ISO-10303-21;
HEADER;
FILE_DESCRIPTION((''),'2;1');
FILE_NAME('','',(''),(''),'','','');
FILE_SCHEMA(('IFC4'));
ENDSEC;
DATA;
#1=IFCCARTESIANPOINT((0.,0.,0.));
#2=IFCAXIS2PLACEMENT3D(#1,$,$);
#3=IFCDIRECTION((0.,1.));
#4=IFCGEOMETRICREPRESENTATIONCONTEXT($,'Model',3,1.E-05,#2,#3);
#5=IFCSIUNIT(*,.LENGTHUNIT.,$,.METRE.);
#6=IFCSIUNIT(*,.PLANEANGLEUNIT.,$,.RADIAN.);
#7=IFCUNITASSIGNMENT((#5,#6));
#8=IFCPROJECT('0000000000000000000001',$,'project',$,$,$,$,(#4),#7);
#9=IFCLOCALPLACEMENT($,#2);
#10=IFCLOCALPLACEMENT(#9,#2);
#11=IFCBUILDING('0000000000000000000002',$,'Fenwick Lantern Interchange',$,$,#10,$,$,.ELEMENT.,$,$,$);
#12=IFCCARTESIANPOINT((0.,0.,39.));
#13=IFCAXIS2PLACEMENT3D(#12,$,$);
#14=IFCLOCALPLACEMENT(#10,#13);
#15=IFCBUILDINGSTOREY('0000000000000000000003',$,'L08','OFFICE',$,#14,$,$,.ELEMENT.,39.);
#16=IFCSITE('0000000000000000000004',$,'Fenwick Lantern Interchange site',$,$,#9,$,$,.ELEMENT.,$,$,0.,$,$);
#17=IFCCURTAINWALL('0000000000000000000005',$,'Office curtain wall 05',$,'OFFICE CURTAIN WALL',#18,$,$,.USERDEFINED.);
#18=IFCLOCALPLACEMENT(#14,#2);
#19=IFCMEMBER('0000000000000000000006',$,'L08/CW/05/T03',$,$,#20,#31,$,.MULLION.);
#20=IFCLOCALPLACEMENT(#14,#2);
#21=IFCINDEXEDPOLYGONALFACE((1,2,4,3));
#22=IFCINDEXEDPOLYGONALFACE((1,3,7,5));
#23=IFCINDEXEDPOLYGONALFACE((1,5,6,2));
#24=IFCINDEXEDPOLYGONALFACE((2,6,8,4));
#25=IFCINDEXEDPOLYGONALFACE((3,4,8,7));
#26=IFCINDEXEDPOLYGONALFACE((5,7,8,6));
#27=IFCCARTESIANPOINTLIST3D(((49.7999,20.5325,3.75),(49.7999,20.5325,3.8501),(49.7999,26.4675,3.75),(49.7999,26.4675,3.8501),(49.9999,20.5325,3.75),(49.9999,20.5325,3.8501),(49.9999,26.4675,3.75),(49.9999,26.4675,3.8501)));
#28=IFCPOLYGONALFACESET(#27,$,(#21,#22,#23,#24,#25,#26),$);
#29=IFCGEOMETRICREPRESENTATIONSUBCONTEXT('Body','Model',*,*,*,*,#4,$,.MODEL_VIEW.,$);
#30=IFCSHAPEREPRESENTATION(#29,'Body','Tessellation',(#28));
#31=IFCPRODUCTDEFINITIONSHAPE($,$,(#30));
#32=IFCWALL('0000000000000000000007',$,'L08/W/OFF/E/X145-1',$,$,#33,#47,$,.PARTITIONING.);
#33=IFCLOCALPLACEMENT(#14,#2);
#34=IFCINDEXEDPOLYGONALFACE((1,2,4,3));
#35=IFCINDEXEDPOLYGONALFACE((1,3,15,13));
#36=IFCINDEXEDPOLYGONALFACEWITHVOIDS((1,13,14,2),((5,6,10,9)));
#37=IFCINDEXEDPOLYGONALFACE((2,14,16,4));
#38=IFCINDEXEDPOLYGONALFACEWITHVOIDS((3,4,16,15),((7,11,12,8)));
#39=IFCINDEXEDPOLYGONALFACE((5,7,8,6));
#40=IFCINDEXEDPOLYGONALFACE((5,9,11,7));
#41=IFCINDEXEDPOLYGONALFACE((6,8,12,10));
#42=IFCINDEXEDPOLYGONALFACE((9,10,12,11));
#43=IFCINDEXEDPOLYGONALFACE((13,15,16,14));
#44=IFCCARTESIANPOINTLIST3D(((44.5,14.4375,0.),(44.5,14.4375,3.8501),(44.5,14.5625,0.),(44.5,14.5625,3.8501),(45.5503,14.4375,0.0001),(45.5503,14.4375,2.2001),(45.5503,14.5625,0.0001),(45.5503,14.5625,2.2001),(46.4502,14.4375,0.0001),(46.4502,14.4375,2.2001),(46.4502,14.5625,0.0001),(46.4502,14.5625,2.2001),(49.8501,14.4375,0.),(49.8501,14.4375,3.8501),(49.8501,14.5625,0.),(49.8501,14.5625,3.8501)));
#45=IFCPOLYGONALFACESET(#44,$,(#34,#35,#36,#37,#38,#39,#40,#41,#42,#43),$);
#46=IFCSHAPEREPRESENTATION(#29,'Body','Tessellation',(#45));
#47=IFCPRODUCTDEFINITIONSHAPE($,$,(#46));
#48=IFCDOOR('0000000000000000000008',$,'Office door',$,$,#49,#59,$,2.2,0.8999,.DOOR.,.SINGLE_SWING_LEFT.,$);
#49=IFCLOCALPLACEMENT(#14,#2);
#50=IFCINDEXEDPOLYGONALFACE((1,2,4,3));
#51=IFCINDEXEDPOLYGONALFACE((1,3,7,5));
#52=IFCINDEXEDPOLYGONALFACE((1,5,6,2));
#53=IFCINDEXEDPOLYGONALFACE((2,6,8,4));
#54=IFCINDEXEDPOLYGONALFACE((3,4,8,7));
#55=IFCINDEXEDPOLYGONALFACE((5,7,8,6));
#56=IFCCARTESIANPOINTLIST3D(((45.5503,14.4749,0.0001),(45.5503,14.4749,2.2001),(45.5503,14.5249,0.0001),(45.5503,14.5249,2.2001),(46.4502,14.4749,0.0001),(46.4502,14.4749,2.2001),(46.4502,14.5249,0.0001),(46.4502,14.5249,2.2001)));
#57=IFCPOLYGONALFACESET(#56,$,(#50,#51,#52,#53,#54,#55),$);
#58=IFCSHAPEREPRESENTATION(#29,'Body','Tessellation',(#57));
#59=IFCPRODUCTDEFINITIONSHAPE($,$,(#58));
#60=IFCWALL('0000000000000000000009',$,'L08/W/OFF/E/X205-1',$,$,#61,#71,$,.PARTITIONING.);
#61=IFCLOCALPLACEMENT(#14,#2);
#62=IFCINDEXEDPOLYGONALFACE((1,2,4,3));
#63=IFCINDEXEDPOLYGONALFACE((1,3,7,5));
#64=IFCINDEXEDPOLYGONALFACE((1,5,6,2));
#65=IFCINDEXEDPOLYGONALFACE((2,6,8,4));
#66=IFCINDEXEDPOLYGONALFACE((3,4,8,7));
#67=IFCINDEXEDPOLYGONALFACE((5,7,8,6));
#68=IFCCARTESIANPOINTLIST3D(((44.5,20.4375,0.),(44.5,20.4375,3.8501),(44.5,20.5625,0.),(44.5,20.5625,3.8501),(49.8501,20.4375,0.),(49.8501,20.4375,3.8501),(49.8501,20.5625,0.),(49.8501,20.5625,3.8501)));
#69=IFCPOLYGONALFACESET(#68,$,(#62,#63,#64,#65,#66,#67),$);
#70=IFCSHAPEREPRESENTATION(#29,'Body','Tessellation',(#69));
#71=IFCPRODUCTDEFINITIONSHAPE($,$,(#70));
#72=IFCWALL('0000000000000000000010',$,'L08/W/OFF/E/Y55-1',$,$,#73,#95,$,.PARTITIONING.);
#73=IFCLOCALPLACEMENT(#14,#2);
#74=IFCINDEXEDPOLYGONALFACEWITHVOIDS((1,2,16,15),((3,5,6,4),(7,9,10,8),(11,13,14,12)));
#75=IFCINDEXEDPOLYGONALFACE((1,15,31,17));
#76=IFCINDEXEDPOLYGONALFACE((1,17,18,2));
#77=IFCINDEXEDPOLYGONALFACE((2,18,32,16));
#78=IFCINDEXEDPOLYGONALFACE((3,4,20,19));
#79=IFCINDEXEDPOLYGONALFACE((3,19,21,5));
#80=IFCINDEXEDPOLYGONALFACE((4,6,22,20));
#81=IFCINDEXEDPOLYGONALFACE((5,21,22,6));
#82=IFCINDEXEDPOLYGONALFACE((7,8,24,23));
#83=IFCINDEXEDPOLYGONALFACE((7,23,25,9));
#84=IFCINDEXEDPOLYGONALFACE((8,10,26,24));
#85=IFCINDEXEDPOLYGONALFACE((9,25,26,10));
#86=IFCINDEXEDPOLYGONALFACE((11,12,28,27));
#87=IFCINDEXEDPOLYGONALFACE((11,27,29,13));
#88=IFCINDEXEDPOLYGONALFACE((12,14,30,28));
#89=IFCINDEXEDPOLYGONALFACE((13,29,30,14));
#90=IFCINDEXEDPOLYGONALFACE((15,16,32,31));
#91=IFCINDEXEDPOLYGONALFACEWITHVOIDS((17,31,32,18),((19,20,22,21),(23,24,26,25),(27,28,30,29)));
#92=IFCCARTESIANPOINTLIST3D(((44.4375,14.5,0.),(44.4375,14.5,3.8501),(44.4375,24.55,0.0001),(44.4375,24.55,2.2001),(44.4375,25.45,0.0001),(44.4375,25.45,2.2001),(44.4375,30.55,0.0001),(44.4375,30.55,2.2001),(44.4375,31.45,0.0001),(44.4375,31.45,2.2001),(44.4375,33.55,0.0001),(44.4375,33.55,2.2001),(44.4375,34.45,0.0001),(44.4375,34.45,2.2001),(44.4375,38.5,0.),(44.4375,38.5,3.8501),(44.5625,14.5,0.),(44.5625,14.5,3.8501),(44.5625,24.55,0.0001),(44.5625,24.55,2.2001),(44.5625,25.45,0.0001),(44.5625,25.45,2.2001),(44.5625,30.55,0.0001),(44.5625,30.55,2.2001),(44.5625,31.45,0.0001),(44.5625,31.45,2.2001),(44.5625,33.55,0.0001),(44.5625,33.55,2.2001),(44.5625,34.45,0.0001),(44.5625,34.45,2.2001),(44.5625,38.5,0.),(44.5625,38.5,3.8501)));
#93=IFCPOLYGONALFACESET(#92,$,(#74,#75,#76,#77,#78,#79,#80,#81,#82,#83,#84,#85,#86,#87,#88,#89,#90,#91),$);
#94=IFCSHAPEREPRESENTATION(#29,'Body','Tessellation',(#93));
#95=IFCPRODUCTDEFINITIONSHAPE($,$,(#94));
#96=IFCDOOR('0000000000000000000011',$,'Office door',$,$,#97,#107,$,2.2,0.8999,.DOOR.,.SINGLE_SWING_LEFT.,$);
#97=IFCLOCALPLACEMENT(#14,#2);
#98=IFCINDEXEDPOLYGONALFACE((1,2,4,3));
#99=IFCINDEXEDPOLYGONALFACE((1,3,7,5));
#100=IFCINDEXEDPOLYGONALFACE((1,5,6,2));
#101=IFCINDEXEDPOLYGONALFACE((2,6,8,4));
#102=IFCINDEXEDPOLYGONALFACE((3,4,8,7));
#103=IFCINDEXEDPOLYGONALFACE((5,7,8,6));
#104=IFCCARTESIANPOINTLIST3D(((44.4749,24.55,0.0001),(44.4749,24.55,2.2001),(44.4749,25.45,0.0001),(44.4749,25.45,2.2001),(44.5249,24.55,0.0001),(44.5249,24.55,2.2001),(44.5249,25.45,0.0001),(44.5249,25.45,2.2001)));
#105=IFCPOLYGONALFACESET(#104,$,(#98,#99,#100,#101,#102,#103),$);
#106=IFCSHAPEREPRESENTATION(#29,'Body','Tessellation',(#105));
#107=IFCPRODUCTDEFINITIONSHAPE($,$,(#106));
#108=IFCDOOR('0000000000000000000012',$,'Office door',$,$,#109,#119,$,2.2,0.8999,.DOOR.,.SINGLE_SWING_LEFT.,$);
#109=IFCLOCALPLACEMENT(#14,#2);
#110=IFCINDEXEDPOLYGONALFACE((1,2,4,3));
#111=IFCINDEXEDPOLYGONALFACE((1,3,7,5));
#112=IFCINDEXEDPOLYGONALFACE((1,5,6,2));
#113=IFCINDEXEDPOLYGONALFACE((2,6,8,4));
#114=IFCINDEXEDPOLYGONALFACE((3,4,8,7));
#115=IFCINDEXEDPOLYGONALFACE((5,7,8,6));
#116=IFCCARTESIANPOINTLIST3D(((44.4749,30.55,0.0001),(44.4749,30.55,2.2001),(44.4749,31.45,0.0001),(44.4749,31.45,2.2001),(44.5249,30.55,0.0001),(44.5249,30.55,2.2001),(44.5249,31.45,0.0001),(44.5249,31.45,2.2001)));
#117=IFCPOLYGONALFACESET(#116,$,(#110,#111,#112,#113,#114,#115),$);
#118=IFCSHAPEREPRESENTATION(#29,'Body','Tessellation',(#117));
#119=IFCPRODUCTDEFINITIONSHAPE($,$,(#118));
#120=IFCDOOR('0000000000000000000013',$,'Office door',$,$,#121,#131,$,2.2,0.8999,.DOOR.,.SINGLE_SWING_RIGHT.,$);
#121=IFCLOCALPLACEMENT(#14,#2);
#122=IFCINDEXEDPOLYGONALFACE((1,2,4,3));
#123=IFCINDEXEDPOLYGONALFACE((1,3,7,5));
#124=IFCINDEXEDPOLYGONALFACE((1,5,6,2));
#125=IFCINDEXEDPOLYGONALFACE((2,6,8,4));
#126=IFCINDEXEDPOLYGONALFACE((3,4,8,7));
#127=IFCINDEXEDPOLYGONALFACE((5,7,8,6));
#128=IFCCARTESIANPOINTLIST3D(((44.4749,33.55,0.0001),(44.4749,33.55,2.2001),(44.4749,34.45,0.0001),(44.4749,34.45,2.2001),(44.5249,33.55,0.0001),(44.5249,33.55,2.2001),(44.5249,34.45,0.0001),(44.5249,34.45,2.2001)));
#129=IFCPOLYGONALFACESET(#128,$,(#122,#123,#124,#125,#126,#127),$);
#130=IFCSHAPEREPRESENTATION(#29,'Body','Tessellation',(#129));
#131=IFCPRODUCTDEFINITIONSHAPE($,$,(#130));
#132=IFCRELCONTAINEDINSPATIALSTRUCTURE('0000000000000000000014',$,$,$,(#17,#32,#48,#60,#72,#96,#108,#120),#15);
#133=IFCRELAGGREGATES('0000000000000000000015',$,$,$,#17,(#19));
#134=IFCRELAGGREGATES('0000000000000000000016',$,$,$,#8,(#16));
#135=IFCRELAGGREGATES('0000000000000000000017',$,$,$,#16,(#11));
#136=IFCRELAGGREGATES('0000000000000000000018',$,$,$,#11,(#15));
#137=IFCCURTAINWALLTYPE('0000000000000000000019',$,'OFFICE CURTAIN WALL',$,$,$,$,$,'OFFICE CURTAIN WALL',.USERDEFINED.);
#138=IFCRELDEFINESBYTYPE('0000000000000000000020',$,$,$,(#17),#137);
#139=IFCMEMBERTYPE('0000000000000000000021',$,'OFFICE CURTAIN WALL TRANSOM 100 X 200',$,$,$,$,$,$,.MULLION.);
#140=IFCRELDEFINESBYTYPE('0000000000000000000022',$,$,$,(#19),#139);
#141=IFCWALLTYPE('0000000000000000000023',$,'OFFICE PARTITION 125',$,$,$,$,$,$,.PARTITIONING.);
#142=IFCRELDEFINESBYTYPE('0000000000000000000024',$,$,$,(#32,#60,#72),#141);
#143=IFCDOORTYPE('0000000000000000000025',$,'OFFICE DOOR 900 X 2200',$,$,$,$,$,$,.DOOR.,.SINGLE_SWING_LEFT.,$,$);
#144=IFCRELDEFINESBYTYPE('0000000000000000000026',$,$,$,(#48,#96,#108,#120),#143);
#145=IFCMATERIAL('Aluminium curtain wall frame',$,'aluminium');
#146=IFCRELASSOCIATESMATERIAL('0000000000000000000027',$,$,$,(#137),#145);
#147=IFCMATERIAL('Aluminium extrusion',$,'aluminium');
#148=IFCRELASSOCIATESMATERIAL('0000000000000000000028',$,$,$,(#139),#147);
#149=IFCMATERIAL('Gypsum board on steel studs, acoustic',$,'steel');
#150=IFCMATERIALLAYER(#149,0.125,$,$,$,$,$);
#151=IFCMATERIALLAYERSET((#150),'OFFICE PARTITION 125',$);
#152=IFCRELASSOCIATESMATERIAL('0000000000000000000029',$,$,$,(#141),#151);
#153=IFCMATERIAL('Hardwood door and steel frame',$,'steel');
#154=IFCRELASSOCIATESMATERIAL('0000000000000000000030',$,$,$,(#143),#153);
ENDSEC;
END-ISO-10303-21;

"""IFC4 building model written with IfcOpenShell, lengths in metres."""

from ifc_helpers import new_model, si_unit, direction, frame, frame_2d, origin, origin_2d, place, context, subcontext, project, spatial, rectangle, extrude, material, layer, layer_set, material_profile, profile_set, type_object, element, fill, aggregate, save


model = new_model("IFC4")

# Units and contexts
model_context = context("Model", 3, precision=1e-05, world=origin(), true_north=direction((0.0, 1.0)))
body_context = subcontext(model_context, "Body", "Model", "MODEL_VIEW")
ifc_project = project(units=[si_unit("LENGTHUNIT", "METRE"), si_unit("PLANEANGLEUNIT", "RADIAN")], contexts=[model_context])

# Site, building, storey
site_placement = place(None, origin())
site = spatial("IfcSite", under=ifc_project, at=site_placement, Name="Fenwick Lantern Interchange site", CompositionType="ELEMENT", RefElevation=0.0)
building_placement = place(site_placement, origin())
building = spatial("IfcBuilding", under=site, at=building_placement, Name="Fenwick Lantern Interchange", CompositionType="ELEMENT")
storey_placement = place(building_placement, frame((0.0, 0.0, 39.0)))
storey = spatial("IfcBuildingStorey", under=building, at=storey_placement, Name="L08", Description="OFFICE", CompositionType="ELEMENT", Elevation=39.0)

# Curtain wall, member
ifc_material_1 = material(Name="Aluminium curtain wall frame", Category="aluminium")
curtain_wall_type = type_object("IfcCurtainWallType", Name="OFFICE CURTAIN WALL", ElementType="OFFICE CURTAIN WALL", PredefinedType="USERDEFINED", material=ifc_material_1)
curtain_wall_placement = place(storey_placement, origin())
curtain_wall = element("IfcCurtainWall", 1, at=curtain_wall_placement, inside=storey, type_object=curtain_wall_type, Name="Office curtain wall 05", ObjectType="OFFICE CURTAIN WALL", PredefinedType="USERDEFINED")
ifc_material_2 = material(Name="Aluminium extrusion", Category="aluminium")
ifc_material_profile_1 = material_profile(ifc_material_2, rectangle(XDim=0.2, YDim=0.1001, at=origin_2d()), Name="OFFICE CURTAIN WALL TRANSOM 100 X 200")
ifc_profile_set_1 = profile_set([ifc_material_profile_1], Name="Aluminium extrusion")
member_type_1 = type_object("IfcMemberType", Name="OFFICE CURTAIN WALL TRANSOM 100 X 200", PredefinedType="MULLION", material=ifc_profile_set_1)
member_1_placement = place(storey_placement, frame((49.8999, 20.5325, 3.8), z_axis=(0.0, 1.0, 0.0), x_axis=(-1.0, 0.0, 0.0)))
member_1 = element("IfcMember", 2, at=member_1_placement, type_object=member_type_1, Name="L08/CW/05/T03", PredefinedType="MULLION", context=body_context, shape_type="SweptSolid", body=[
    extrude(rectangle(XDim=0.2, YDim=0.1001, at=origin_2d()), origin(), (0.0, 0.0, 1.0), 5.9351),
])
aggregate(curtain_wall, [member_1])

# Wall, opening, door
ifc_material_3 = material(Name="Gypsum board on steel studs, acoustic", Category="steel")
ifc_layer_1 = layer(ifc_material_3, 0.125)
ifc_layer_set_1 = layer_set([ifc_layer_1], Name="OFFICE PARTITION 125")
wall_type = type_object("IfcWallType", Name="OFFICE PARTITION 125", PredefinedType="PARTITIONING", material=ifc_layer_set_1)
wall_1_placement = place(storey_placement, frame((49.8501, 14.5, 0.0), z_axis=(0.0, 0.0, 1.0), x_axis=(-1.0, 0.0, 0.0)))
wall_1 = element("IfcWall", 3, at=wall_1_placement, inside=storey, type_object=wall_type, Name="L08/W/OFF/E/X145-1", PredefinedType="PARTITIONING", context=body_context, shape_type="SweptSolid", body=[
    extrude(rectangle(XDim=5.3501, YDim=0.125, at=frame_2d((2.675, 0.0))), origin(), (0.0, 0.0, 1.0), 3.8501),
])
opening_1_placement = place(wall_1_placement, frame((3.3999, 0.0, 0.0)))
opening_1 = element("IfcOpeningElement", 4, at=opening_1_placement, cuts=wall_1, PredefinedType="OPENING", context=body_context, shape_type="SweptSolid", body=[
    extrude(rectangle(XDim=0.8999, YDim=2.2, at=frame_2d((0.45, 1.1001))), frame((0.0, 0.0725, 0.0), z_axis=(0.0, -1.0, 0.0), x_axis=(1.0, 0.0, 0.0)), (0.0, 0.0, 1.0), 0.145),
])
ifc_material_4 = material(Name="Hardwood door and steel frame", Category="steel")
door_type = type_object("IfcDoorType", Name="OFFICE DOOR 900 X 2200", OperationType="SINGLE_SWING_LEFT", PredefinedType="DOOR", material=ifc_material_4)
door_1_placement = place(opening_1_placement, frame((0.8999, 0.0, 0.0), z_axis=(0.0, 0.0, 1.0), x_axis=(-1.0, 0.0, 0.0)))
door_1 = element("IfcDoor", 5, at=door_1_placement, inside=storey, type_object=door_type, Name="Office door", OperationType="SINGLE_SWING_LEFT", OverallHeight=2.2, OverallWidth=0.8999, PredefinedType="DOOR", context=body_context, shape_type="SweptSolid", body=[
    extrude(rectangle(XDim=0.8999, YDim=2.2, at=frame_2d((0.45, 1.1001))), frame((0.0, 0.0249, 0.0), z_axis=(0.0, -1.0, 0.0), x_axis=(1.0, 0.0, 0.0)), (0.0, 0.0, 1.0), 0.05),
])
fill(opening_1, door_1)

# Wall
wall_2_placement = place(storey_placement, frame((49.8501, 20.5, 0.0), z_axis=(0.0, 0.0, 1.0), x_axis=(-1.0, 0.0, 0.0)))
element("IfcWall", 6, at=wall_2_placement, inside=storey, type_object=wall_type, Name="L08/W/OFF/E/X205-1", PredefinedType="PARTITIONING", context=body_context, shape_type="SweptSolid", body=[
    extrude(rectangle(XDim=5.3501, YDim=0.125, at=frame_2d((2.675, 0.0))), origin(), (0.0, 0.0, 1.0), 3.8501),
])

# Wall, openings, doors
wall_3_placement = place(storey_placement, frame((44.5, 14.5, 0.0), z_axis=(0.0, 0.0, 1.0), x_axis=(0.0, 1.0, 0.0)))
wall_3 = element("IfcWall", 7, at=wall_3_placement, inside=storey, type_object=wall_type, Name="L08/W/OFF/E/Y55-1", PredefinedType="PARTITIONING", context=body_context, shape_type="SweptSolid", body=[
    extrude(rectangle(XDim=24.0, YDim=0.125, at=frame_2d((12.0, 0.0))), origin(), (0.0, 0.0, 1.0), 3.8501),
])
opening_2_placement = place(wall_3_placement, frame((10.05, 0.0, 0.0)))
opening_2 = element("IfcOpeningElement", 8, at=opening_2_placement, cuts=wall_3, PredefinedType="OPENING", context=body_context, shape_type="SweptSolid", body=[
    extrude(rectangle(XDim=0.8999, YDim=2.2, at=frame_2d((0.45, 1.1001))), frame((0.0, 0.0725, 0.0), z_axis=(0.0, -1.0, 0.0), x_axis=(1.0, 0.0, 0.0)), (0.0, 0.0, 1.0), 0.145),
])
opening_3_placement = place(wall_3_placement, frame((16.05, 0.0, 0.0)))
opening_3 = element("IfcOpeningElement", 9, at=opening_3_placement, cuts=wall_3, PredefinedType="OPENING", context=body_context, shape_type="SweptSolid", body=[
    extrude(rectangle(XDim=0.8999, YDim=2.2, at=frame_2d((0.45, 1.1001))), frame((0.0, 0.0725, 0.0), z_axis=(0.0, -1.0, 0.0), x_axis=(1.0, 0.0, 0.0)), (0.0, 0.0, 1.0), 0.145),
])
opening_4_placement = place(wall_3_placement, frame((19.05, 0.0, 0.0)))
opening_4 = element("IfcOpeningElement", 10, at=opening_4_placement, cuts=wall_3, PredefinedType="OPENING", context=body_context, shape_type="SweptSolid", body=[
    extrude(rectangle(XDim=0.8999, YDim=2.2, at=frame_2d((0.45, 1.1001))), frame((0.0, 0.0725, 0.0), z_axis=(0.0, -1.0, 0.0), x_axis=(1.0, 0.0, 0.0)), (0.0, 0.0, 1.0), 0.145),
])
door_2_placement = place(opening_2_placement, frame((0.8999, 0.0, 0.0), z_axis=(0.0, 0.0, 1.0), x_axis=(-1.0, 0.0, 0.0)))
door_2 = element("IfcDoor", 11, at=door_2_placement, inside=storey, type_object=door_type, Name="Office door", OperationType="SINGLE_SWING_LEFT", OverallHeight=2.2, OverallWidth=0.8999, PredefinedType="DOOR", context=body_context, shape_type="SweptSolid", body=[
    extrude(rectangle(XDim=0.8999, YDim=2.2, at=frame_2d((0.45, 1.1001))), frame((0.0, 0.0249, 0.0), z_axis=(0.0, -1.0, 0.0), x_axis=(1.0, 0.0, 0.0)), (0.0, 0.0, 1.0), 0.05),
])
fill(opening_2, door_2)
door_3_placement = place(opening_3_placement, frame((0.8999, 0.0, 0.0), z_axis=(0.0, 0.0, 1.0), x_axis=(-1.0, 0.0, 0.0)))
door_3 = element("IfcDoor", 12, at=door_3_placement, inside=storey, type_object=door_type, Name="Office door", OperationType="SINGLE_SWING_LEFT", OverallHeight=2.2, OverallWidth=0.8999, PredefinedType="DOOR", context=body_context, shape_type="SweptSolid", body=[
    extrude(rectangle(XDim=0.8999, YDim=2.2, at=frame_2d((0.45, 1.1001))), frame((0.0, 0.0249, 0.0), z_axis=(0.0, -1.0, 0.0), x_axis=(1.0, 0.0, 0.0)), (0.0, 0.0, 1.0), 0.05),
])
fill(opening_3, door_3)
door_4_placement = place(opening_4_placement, frame((0.8999, 0.0, 0.0), z_axis=(0.0, 0.0, 1.0), x_axis=(-1.0, 0.0, 0.0)))
door_4 = element("IfcDoor", 13, at=door_4_placement, inside=storey, type_object=door_type, Name="Office door", OperationType="SINGLE_SWING_RIGHT", OverallHeight=2.2, OverallWidth=0.8999, PredefinedType="DOOR", context=body_context, shape_type="SweptSolid", body=[
    extrude(rectangle(XDim=0.8999, YDim=2.2, at=frame_2d((0.45, 1.1001))), frame((0.0, 0.0249, 0.0), z_axis=(0.0, -1.0, 0.0), x_axis=(1.0, 0.0, 0.0)), (0.0, 0.0, 1.0), 0.05),
])
fill(opening_4, door_4)

save(model, "model.ifc")
